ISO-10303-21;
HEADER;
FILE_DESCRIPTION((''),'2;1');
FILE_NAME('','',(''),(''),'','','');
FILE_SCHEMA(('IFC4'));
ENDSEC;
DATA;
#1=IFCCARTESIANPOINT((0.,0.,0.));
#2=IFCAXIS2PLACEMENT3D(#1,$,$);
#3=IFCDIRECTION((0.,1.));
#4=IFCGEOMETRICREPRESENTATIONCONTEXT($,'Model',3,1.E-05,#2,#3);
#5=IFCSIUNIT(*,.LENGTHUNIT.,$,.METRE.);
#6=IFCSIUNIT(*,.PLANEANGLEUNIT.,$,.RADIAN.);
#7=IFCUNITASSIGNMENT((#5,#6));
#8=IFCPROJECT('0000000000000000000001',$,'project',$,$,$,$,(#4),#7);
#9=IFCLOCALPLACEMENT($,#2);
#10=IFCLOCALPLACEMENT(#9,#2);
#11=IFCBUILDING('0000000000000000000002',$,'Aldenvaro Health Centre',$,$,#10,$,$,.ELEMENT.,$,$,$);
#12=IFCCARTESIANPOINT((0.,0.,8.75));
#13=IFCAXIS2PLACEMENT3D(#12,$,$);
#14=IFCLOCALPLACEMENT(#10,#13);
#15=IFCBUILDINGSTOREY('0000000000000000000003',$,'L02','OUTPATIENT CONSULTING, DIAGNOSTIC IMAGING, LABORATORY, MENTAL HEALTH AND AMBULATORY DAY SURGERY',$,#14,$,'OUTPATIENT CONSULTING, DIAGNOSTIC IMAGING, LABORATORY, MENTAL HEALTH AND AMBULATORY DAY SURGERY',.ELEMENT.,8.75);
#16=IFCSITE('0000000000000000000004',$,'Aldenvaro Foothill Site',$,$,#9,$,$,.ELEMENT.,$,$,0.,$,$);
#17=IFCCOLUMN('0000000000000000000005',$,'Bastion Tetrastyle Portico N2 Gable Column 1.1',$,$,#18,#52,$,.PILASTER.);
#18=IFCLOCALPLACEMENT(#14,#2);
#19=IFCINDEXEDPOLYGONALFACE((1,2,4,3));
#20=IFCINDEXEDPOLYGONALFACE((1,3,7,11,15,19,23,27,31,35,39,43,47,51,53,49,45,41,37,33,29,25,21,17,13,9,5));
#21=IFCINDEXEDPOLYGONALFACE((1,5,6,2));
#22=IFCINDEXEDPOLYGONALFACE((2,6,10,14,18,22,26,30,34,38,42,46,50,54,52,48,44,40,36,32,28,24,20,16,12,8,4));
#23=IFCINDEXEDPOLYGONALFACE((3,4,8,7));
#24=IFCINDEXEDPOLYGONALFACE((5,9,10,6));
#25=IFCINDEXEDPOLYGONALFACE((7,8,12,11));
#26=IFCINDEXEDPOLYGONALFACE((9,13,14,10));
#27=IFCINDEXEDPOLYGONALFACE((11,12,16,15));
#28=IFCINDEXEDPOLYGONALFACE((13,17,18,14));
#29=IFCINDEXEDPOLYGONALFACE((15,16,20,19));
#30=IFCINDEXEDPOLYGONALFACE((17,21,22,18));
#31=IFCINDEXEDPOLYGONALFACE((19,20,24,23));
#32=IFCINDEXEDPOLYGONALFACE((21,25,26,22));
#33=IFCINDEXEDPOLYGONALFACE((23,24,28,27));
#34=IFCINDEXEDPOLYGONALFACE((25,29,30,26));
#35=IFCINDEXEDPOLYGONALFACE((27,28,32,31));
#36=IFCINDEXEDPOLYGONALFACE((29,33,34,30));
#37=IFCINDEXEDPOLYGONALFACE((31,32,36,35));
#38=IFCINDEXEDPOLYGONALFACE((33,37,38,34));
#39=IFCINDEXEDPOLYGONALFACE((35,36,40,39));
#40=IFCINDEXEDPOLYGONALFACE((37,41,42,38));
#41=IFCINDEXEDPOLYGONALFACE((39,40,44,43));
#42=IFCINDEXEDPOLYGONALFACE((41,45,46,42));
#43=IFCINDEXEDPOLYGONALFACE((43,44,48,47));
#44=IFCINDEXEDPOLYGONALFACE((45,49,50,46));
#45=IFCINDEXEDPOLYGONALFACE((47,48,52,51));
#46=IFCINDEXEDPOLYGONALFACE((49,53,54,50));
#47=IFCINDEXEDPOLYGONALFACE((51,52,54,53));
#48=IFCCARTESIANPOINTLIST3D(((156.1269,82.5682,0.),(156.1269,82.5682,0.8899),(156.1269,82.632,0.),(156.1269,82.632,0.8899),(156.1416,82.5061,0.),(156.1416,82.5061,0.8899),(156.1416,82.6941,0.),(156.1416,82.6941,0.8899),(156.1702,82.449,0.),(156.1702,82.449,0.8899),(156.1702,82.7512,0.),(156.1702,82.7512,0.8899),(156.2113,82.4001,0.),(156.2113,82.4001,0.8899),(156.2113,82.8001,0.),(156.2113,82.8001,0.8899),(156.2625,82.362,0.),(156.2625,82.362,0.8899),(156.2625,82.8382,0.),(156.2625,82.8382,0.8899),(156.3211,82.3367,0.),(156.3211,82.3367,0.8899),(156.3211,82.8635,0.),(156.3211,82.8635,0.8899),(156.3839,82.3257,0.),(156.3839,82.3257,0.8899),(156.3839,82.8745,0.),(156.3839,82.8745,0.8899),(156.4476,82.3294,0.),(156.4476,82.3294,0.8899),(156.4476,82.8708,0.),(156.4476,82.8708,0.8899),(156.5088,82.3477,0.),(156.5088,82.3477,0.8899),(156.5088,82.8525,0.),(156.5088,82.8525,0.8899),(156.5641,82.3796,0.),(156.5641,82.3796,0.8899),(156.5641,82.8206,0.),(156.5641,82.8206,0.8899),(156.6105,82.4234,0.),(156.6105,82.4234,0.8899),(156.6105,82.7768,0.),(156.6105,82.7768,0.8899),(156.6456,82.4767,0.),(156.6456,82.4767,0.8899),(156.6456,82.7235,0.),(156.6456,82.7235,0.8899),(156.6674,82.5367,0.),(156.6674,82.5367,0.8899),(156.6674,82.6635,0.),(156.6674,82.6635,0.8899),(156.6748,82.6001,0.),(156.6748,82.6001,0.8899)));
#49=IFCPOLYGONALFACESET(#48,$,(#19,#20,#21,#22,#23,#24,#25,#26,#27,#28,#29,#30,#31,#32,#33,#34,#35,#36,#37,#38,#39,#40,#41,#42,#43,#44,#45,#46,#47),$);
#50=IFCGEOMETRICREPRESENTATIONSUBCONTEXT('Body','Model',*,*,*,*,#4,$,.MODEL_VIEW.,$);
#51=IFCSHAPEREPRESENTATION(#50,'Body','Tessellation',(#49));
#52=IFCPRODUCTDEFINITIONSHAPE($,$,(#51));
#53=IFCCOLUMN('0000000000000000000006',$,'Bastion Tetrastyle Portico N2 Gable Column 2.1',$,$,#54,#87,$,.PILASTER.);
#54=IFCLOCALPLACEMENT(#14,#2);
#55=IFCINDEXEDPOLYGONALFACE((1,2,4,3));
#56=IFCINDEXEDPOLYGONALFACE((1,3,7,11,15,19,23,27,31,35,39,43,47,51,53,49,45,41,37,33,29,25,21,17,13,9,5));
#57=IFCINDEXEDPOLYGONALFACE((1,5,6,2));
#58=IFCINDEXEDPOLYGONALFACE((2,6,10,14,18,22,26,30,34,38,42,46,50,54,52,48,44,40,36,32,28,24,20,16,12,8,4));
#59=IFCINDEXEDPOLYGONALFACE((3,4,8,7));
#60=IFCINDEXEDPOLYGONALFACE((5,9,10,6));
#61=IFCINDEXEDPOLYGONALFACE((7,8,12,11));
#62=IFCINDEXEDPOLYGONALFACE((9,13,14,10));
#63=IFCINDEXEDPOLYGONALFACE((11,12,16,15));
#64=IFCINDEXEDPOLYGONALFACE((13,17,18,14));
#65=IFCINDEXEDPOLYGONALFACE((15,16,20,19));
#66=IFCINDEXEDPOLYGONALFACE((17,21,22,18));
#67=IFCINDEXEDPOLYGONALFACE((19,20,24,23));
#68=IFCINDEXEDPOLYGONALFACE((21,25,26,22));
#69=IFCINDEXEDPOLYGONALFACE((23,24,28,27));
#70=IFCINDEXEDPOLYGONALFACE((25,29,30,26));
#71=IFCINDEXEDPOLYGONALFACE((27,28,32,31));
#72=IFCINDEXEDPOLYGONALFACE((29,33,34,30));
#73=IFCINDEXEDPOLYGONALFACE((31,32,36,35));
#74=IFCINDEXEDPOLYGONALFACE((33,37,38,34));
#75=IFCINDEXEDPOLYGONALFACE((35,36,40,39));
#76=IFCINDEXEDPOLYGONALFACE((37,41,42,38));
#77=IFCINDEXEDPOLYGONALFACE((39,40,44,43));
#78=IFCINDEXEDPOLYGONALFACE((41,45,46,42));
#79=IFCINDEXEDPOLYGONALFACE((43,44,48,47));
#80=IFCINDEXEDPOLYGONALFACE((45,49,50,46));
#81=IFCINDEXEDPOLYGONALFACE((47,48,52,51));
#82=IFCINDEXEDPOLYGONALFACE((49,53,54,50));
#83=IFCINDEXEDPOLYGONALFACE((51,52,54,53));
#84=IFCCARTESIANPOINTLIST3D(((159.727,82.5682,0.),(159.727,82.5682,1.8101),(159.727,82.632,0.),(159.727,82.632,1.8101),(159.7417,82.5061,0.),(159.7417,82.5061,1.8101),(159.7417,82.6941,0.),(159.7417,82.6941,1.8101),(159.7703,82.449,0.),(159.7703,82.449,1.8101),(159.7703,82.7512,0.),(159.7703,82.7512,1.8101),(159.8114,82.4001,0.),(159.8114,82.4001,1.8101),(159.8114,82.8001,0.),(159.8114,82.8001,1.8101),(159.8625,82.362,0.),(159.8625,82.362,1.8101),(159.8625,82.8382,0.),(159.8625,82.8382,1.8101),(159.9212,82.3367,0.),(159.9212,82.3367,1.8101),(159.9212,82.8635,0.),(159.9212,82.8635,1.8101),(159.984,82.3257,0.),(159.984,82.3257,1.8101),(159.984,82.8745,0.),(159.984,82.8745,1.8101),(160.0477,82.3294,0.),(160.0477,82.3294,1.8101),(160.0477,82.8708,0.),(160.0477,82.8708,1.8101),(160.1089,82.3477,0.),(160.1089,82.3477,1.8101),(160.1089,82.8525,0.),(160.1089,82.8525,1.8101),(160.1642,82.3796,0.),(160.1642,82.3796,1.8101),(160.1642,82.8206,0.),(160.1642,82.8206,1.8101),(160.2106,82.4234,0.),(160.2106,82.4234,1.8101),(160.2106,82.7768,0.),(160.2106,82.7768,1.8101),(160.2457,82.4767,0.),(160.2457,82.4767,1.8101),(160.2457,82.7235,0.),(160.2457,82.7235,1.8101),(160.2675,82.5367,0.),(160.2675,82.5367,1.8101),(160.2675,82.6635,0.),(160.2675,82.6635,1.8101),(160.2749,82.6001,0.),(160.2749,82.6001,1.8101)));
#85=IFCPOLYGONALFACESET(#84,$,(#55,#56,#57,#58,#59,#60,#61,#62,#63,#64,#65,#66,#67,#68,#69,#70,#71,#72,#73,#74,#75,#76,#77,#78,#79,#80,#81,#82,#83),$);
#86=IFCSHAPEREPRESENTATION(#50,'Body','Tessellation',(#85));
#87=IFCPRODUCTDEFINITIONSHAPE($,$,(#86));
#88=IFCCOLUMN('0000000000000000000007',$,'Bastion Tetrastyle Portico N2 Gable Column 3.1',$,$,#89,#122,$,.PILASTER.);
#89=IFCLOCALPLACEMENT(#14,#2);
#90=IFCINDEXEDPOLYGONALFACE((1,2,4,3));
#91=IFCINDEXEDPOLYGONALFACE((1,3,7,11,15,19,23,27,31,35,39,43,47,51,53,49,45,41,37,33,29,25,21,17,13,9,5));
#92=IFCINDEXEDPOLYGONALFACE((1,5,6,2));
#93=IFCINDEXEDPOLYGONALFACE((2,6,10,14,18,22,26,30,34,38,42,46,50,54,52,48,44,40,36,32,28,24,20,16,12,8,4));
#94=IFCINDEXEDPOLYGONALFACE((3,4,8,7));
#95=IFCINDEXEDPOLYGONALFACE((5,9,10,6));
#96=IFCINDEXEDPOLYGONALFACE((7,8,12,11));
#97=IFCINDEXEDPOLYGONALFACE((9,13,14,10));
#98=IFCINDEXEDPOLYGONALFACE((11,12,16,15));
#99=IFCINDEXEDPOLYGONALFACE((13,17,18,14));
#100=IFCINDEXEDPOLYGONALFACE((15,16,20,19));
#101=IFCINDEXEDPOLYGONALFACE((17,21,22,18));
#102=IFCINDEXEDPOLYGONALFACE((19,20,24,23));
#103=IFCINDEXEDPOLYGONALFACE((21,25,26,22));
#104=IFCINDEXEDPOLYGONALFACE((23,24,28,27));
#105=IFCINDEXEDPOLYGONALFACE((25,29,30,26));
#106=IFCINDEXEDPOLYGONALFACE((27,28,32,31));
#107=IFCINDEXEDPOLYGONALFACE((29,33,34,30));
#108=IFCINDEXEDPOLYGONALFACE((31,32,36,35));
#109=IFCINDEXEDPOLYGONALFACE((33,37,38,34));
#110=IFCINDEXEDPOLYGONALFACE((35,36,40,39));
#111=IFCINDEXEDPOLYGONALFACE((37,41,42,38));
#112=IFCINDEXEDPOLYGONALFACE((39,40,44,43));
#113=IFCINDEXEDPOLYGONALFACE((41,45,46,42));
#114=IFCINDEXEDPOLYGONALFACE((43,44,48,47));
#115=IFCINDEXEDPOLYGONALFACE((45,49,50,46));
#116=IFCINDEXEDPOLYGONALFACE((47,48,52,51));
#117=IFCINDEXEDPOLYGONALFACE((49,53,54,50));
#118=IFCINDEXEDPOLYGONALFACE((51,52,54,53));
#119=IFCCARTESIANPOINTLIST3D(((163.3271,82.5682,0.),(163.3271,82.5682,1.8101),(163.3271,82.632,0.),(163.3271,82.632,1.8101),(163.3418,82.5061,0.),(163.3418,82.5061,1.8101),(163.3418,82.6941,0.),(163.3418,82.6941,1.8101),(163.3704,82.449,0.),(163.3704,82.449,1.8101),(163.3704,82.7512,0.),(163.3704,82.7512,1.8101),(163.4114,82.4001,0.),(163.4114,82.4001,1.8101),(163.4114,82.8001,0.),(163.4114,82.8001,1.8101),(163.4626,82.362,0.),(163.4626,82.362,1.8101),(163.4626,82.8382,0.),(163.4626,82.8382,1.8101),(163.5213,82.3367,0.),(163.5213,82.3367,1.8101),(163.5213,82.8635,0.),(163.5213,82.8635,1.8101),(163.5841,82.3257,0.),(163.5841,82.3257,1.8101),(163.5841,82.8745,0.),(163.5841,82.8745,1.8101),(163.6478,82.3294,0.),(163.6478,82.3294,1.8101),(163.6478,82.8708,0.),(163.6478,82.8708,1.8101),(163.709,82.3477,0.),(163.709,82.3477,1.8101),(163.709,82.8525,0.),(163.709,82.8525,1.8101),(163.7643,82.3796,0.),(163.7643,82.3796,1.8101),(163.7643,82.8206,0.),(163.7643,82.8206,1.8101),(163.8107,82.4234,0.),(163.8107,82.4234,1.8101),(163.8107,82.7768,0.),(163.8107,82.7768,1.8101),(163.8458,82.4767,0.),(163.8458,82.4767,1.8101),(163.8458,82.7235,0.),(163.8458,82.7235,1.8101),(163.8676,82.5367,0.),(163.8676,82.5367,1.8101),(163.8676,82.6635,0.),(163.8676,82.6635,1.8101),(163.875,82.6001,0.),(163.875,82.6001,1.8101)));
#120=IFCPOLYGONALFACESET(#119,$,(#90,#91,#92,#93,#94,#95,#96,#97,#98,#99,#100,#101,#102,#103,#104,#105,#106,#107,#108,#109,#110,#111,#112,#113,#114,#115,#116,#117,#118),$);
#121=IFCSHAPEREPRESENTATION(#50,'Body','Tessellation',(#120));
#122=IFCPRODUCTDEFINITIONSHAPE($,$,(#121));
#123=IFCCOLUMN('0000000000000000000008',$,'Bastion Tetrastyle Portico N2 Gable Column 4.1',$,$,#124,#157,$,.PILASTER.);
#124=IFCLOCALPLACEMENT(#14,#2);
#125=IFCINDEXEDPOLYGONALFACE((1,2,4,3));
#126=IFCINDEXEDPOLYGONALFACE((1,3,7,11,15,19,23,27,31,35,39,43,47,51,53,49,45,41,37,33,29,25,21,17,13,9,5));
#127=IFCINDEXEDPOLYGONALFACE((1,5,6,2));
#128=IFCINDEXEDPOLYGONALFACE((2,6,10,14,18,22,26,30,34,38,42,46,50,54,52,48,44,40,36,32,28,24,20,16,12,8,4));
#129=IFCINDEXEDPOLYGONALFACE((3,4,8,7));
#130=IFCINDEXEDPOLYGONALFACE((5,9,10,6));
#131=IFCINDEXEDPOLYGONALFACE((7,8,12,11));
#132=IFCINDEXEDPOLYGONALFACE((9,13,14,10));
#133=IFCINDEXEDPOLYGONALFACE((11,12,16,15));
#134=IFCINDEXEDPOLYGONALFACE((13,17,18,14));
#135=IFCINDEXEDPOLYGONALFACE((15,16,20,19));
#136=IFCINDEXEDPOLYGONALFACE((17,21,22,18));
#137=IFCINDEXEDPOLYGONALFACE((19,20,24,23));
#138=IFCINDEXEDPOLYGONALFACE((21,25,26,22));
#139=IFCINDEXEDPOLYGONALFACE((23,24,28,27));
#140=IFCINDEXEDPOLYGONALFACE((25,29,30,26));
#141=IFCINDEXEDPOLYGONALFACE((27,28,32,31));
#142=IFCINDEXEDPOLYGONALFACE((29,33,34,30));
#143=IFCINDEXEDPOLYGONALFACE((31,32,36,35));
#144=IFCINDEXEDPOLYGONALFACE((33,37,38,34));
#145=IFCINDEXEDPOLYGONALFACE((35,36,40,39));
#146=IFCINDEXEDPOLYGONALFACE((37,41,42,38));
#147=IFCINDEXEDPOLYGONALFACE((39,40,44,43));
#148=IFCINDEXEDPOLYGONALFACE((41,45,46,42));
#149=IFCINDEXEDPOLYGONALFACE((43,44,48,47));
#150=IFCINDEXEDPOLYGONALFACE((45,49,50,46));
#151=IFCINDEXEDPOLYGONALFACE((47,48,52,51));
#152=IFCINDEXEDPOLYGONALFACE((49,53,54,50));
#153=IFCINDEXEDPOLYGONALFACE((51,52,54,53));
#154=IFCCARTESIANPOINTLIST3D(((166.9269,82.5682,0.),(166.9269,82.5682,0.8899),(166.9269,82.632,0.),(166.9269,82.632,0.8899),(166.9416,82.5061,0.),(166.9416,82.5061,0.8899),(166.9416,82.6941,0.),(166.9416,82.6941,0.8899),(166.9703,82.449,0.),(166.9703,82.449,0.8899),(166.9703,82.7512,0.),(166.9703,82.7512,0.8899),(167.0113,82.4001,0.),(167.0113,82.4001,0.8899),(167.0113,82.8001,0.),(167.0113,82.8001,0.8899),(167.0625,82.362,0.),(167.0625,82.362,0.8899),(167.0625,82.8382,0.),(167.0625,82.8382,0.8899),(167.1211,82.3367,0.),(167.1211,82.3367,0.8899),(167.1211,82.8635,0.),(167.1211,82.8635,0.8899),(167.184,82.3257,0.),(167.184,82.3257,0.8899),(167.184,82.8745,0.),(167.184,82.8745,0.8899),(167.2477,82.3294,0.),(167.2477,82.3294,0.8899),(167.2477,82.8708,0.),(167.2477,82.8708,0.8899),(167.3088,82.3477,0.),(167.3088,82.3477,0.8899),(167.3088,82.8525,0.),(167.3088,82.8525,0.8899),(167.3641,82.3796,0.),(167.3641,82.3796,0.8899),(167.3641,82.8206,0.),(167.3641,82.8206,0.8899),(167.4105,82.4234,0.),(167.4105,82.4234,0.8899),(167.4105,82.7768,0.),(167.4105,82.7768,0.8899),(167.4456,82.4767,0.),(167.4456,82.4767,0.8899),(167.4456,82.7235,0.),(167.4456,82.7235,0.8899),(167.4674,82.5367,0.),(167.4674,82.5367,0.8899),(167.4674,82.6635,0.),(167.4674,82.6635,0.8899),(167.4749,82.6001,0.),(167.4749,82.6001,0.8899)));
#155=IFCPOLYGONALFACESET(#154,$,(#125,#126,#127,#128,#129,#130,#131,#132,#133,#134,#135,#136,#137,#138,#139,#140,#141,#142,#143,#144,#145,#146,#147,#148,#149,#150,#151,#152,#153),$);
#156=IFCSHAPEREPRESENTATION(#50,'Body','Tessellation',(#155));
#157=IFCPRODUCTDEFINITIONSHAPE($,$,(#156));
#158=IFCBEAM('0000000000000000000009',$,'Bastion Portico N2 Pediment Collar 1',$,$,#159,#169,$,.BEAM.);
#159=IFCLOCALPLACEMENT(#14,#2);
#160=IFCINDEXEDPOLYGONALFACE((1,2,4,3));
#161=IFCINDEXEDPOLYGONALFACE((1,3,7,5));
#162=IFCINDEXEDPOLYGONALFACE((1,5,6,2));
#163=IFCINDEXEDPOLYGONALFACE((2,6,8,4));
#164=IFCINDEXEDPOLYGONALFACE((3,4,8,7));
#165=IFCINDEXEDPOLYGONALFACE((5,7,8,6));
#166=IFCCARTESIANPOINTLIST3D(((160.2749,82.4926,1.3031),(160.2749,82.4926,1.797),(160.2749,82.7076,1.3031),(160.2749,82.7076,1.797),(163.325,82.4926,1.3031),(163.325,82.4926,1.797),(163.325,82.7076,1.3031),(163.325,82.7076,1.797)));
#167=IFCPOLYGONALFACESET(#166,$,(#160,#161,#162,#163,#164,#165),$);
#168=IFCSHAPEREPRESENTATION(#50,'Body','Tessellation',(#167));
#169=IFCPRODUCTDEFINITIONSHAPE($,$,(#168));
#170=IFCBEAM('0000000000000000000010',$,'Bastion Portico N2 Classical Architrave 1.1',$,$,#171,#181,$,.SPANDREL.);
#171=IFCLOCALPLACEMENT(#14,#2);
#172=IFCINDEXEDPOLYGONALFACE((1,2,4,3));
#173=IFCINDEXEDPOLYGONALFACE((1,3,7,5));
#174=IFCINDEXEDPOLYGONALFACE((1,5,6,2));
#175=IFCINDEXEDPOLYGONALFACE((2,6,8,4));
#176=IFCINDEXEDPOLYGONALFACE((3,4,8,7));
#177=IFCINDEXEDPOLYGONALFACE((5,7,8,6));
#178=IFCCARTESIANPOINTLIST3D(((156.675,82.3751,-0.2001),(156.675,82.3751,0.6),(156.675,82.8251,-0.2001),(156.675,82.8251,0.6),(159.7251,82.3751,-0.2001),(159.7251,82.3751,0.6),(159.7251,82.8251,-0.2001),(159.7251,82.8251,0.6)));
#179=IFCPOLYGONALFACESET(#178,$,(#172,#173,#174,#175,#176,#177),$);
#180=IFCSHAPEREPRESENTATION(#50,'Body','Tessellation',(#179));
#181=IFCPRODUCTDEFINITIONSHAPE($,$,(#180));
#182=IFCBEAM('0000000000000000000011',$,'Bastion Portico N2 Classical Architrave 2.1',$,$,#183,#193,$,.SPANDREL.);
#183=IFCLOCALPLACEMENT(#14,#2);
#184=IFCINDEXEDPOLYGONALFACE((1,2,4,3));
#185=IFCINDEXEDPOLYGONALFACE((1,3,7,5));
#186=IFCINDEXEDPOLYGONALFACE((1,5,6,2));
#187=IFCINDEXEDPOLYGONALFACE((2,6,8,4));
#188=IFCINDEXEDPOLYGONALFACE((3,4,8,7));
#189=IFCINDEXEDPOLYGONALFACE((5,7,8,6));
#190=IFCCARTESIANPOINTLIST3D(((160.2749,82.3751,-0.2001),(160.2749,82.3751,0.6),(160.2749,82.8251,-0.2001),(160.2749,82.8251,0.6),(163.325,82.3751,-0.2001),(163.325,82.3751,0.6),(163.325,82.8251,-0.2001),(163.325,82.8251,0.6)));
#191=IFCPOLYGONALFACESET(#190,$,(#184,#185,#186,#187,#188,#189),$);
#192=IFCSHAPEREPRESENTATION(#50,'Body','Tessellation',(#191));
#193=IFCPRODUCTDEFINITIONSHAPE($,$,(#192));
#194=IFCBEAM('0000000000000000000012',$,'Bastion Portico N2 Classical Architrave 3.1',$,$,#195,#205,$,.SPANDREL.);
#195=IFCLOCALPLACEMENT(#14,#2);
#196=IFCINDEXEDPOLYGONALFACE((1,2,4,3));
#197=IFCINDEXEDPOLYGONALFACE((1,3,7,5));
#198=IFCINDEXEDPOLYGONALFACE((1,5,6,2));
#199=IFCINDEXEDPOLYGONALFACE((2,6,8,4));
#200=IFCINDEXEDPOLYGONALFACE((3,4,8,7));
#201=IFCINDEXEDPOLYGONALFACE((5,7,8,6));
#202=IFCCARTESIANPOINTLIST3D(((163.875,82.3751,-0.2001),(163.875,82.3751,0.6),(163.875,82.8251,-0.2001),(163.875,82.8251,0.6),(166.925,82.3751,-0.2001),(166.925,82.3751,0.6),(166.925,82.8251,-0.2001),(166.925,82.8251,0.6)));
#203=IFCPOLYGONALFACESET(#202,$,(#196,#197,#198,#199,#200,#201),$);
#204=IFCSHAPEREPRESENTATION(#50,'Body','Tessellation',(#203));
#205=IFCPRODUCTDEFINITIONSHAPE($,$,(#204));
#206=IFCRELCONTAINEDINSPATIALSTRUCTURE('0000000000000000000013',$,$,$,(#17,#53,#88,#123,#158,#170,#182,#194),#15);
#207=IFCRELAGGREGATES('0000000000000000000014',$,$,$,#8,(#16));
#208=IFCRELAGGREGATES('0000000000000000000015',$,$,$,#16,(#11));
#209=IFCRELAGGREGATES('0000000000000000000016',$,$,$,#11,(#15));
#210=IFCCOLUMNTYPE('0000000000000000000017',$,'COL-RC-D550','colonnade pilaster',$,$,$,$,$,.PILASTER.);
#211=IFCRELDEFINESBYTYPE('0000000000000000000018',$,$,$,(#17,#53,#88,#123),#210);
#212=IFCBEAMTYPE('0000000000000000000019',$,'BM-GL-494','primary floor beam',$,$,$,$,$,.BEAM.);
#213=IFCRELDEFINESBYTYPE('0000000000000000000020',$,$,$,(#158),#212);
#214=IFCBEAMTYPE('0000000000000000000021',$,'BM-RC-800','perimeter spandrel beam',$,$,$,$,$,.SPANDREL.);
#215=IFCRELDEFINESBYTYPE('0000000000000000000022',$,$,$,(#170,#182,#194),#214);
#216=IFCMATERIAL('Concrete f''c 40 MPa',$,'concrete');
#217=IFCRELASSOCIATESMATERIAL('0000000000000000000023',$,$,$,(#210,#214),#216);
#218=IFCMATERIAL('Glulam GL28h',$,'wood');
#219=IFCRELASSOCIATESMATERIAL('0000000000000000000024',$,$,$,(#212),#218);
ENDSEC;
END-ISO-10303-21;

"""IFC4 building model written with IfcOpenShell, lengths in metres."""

from ifc_helpers import new_model, si_unit, direction, frame, origin, origin_2d, place, context, subcontext, project, spatial, rectangle, circle, extrude, material, material_profile, profile_set, type_object, element, save


model = new_model("IFC4")

# Units and contexts
model_context = context("Model", 3, precision=1e-05, world=origin(), true_north=direction((0.0, 1.0)))
body_context = subcontext(model_context, "Body", "Model", "MODEL_VIEW")
ifc_project = project(units=[si_unit("LENGTHUNIT", "METRE"), si_unit("PLANEANGLEUNIT", "RADIAN")], contexts=[model_context])

# Site, building, storey
site_placement = place(None, origin())
site = spatial("IfcSite", under=ifc_project, at=site_placement, Name="Aldenvaro Foothill Site", CompositionType="ELEMENT", RefElevation=0.0)
building_placement = place(site_placement, origin())
building = spatial("IfcBuilding", under=site, at=building_placement, Name="Aldenvaro Health Centre", CompositionType="ELEMENT")
storey_placement = place(building_placement, frame((0.0, 0.0, 8.75)))
storey = spatial("IfcBuildingStorey", under=building, at=storey_placement, Name="L02", Description="OUTPATIENT CONSULTING, DIAGNOSTIC IMAGING, LABORATORY, MENTAL HEALTH AND AMBULATORY DAY SURGERY", LongName="OUTPATIENT CONSULTING, DIAGNOSTIC IMAGING, LABORATORY, MENTAL HEALTH AND AMBULATORY DAY SURGERY", CompositionType="ELEMENT", Elevation=8.75)

# Columns
ifc_material_1 = material(Name="Concrete f'c 40 MPa", Category="concrete")
ifc_material_profile_1 = material_profile(ifc_material_1, circle(Radius=0.2749, at=origin_2d()), Name="RC D550", Category="concrete")
ifc_profile_set_1 = profile_set([ifc_material_profile_1], Name="Concrete f'c 40 MPa")
column_type = type_object("IfcColumnType", Name="COL-RC-D550", Description="colonnade pilaster", PredefinedType="PILASTER", material=ifc_profile_set_1)
column_1_placement = place(storey_placement, frame((156.3999, 82.6001, 0.0), z_axis=(0.0, 0.0, 1.0), x_axis=(1.0, 0.0, 0.0)))
element("IfcColumn", 1, at=column_1_placement, inside=storey, type_object=column_type, Name="Bastion Tetrastyle Portico N2 Gable Column 1.1", PredefinedType="PILASTER", context=body_context, shape_type="SweptSolid", body=[
    extrude(circle(Radius=0.2749, at=origin_2d()), origin(), (0.0, 0.0, 1.0), 0.8899),
])
for number, where, z_axis, x_axis, name in (
    (2, (160.0, 82.6001, 0.0), (0.0, 0.0, 1.0), (1.0, 0.0, 0.0), "Bastion Tetrastyle Portico N2 Gable Column 2.1"),
    (3, (163.6001, 82.6001, 0.0), (0.0, 0.0, 1.0), (1.0, 0.0, 0.0), "Bastion Tetrastyle Portico N2 Gable Column 3.1"),
):
    element("IfcColumn", number, at=place(storey_placement, frame(where, z_axis=z_axis, x_axis=x_axis)), inside=storey, type_object=column_type, Name=name, PredefinedType="PILASTER", context=body_context, shape_type="SweptSolid", body=[
        extrude(circle(Radius=0.2749, at=origin_2d()), origin(), (0.0, 0.0, 1.0), 1.8101),
    ])
column_2_placement = place(storey_placement, frame((167.2, 82.6001, 0.0), z_axis=(0.0, 0.0, 1.0), x_axis=(1.0, 0.0, 0.0)))
element("IfcColumn", 4, at=column_2_placement, inside=storey, type_object=column_type, Name="Bastion Tetrastyle Portico N2 Gable Column 4.1", PredefinedType="PILASTER", context=body_context, shape_type="SweptSolid", body=[
    extrude(circle(Radius=0.2749, at=origin_2d()), origin(), (0.0, 0.0, 1.0), 0.8899),
])

# Beams
ifc_material_2 = material(Name="Glulam GL28h", Category="wood")
ifc_material_profile_2 = material_profile(ifc_material_2, rectangle(XDim=0.2151, YDim=0.4939, at=origin_2d()), Name="GL 215x494", Category="wood")
ifc_profile_set_2 = profile_set([ifc_material_profile_2], Name="Glulam GL28h")
beam_type_1 = type_object("IfcBeamType", Name="BM-GL-494", Description="primary floor beam", PredefinedType="BEAM", material=ifc_profile_set_2)
beam_placement = place(storey_placement, frame((160.2749, 82.6001, 1.55), z_axis=(1.0, 0.0, 0.0), x_axis=(0.0, 1.0, 0.0)))
element("IfcBeam", 5, at=beam_placement, inside=storey, type_object=beam_type_1, Name="Bastion Portico N2 Pediment Collar 1", PredefinedType="BEAM", context=body_context, shape_type="SweptSolid", body=[
    extrude(rectangle(XDim=0.2151, YDim=0.4939, at=origin_2d()), origin(), (0.0, 0.0, 1.0), 3.05),
])
ifc_material_profile_3 = material_profile(ifc_material_1, rectangle(XDim=0.45, YDim=0.8, at=origin_2d()), Name="RC 450x800", Category="concrete")
ifc_profile_set_3 = profile_set([ifc_material_profile_3], Name="Concrete f'c 40 MPa")
beam_type_2 = type_object("IfcBeamType", Name="BM-RC-800", Description="perimeter spandrel beam", PredefinedType="SPANDREL", material=ifc_profile_set_3)
for number, where, z_axis, x_axis, name in (
    (6, (156.675, 82.6001, 0.2), (1.0, 0.0, 0.0), (0.0, 1.0, 0.0), "Bastion Portico N2 Classical Architrave 1.1"),
    (7, (160.2749, 82.6001, 0.2), (1.0, 0.0, 0.0), (0.0, 1.0, 0.0), "Bastion Portico N2 Classical Architrave 2.1"),
    (8, (163.875, 82.6001, 0.2), (1.0, 0.0, 0.0), (0.0, 1.0, 0.0), "Bastion Portico N2 Classical Architrave 3.1"),
):
    element("IfcBeam", number, at=place(storey_placement, frame(where, z_axis=z_axis, x_axis=x_axis)), inside=storey, type_object=beam_type_2, Name=name, PredefinedType="SPANDREL", context=body_context, shape_type="SweptSolid", body=[
        extrude(rectangle(XDim=0.45, YDim=0.8, at=origin_2d()), origin(), (0.0, 0.0, 1.0), 3.05),
    ])

save(model, "model.ifc")
